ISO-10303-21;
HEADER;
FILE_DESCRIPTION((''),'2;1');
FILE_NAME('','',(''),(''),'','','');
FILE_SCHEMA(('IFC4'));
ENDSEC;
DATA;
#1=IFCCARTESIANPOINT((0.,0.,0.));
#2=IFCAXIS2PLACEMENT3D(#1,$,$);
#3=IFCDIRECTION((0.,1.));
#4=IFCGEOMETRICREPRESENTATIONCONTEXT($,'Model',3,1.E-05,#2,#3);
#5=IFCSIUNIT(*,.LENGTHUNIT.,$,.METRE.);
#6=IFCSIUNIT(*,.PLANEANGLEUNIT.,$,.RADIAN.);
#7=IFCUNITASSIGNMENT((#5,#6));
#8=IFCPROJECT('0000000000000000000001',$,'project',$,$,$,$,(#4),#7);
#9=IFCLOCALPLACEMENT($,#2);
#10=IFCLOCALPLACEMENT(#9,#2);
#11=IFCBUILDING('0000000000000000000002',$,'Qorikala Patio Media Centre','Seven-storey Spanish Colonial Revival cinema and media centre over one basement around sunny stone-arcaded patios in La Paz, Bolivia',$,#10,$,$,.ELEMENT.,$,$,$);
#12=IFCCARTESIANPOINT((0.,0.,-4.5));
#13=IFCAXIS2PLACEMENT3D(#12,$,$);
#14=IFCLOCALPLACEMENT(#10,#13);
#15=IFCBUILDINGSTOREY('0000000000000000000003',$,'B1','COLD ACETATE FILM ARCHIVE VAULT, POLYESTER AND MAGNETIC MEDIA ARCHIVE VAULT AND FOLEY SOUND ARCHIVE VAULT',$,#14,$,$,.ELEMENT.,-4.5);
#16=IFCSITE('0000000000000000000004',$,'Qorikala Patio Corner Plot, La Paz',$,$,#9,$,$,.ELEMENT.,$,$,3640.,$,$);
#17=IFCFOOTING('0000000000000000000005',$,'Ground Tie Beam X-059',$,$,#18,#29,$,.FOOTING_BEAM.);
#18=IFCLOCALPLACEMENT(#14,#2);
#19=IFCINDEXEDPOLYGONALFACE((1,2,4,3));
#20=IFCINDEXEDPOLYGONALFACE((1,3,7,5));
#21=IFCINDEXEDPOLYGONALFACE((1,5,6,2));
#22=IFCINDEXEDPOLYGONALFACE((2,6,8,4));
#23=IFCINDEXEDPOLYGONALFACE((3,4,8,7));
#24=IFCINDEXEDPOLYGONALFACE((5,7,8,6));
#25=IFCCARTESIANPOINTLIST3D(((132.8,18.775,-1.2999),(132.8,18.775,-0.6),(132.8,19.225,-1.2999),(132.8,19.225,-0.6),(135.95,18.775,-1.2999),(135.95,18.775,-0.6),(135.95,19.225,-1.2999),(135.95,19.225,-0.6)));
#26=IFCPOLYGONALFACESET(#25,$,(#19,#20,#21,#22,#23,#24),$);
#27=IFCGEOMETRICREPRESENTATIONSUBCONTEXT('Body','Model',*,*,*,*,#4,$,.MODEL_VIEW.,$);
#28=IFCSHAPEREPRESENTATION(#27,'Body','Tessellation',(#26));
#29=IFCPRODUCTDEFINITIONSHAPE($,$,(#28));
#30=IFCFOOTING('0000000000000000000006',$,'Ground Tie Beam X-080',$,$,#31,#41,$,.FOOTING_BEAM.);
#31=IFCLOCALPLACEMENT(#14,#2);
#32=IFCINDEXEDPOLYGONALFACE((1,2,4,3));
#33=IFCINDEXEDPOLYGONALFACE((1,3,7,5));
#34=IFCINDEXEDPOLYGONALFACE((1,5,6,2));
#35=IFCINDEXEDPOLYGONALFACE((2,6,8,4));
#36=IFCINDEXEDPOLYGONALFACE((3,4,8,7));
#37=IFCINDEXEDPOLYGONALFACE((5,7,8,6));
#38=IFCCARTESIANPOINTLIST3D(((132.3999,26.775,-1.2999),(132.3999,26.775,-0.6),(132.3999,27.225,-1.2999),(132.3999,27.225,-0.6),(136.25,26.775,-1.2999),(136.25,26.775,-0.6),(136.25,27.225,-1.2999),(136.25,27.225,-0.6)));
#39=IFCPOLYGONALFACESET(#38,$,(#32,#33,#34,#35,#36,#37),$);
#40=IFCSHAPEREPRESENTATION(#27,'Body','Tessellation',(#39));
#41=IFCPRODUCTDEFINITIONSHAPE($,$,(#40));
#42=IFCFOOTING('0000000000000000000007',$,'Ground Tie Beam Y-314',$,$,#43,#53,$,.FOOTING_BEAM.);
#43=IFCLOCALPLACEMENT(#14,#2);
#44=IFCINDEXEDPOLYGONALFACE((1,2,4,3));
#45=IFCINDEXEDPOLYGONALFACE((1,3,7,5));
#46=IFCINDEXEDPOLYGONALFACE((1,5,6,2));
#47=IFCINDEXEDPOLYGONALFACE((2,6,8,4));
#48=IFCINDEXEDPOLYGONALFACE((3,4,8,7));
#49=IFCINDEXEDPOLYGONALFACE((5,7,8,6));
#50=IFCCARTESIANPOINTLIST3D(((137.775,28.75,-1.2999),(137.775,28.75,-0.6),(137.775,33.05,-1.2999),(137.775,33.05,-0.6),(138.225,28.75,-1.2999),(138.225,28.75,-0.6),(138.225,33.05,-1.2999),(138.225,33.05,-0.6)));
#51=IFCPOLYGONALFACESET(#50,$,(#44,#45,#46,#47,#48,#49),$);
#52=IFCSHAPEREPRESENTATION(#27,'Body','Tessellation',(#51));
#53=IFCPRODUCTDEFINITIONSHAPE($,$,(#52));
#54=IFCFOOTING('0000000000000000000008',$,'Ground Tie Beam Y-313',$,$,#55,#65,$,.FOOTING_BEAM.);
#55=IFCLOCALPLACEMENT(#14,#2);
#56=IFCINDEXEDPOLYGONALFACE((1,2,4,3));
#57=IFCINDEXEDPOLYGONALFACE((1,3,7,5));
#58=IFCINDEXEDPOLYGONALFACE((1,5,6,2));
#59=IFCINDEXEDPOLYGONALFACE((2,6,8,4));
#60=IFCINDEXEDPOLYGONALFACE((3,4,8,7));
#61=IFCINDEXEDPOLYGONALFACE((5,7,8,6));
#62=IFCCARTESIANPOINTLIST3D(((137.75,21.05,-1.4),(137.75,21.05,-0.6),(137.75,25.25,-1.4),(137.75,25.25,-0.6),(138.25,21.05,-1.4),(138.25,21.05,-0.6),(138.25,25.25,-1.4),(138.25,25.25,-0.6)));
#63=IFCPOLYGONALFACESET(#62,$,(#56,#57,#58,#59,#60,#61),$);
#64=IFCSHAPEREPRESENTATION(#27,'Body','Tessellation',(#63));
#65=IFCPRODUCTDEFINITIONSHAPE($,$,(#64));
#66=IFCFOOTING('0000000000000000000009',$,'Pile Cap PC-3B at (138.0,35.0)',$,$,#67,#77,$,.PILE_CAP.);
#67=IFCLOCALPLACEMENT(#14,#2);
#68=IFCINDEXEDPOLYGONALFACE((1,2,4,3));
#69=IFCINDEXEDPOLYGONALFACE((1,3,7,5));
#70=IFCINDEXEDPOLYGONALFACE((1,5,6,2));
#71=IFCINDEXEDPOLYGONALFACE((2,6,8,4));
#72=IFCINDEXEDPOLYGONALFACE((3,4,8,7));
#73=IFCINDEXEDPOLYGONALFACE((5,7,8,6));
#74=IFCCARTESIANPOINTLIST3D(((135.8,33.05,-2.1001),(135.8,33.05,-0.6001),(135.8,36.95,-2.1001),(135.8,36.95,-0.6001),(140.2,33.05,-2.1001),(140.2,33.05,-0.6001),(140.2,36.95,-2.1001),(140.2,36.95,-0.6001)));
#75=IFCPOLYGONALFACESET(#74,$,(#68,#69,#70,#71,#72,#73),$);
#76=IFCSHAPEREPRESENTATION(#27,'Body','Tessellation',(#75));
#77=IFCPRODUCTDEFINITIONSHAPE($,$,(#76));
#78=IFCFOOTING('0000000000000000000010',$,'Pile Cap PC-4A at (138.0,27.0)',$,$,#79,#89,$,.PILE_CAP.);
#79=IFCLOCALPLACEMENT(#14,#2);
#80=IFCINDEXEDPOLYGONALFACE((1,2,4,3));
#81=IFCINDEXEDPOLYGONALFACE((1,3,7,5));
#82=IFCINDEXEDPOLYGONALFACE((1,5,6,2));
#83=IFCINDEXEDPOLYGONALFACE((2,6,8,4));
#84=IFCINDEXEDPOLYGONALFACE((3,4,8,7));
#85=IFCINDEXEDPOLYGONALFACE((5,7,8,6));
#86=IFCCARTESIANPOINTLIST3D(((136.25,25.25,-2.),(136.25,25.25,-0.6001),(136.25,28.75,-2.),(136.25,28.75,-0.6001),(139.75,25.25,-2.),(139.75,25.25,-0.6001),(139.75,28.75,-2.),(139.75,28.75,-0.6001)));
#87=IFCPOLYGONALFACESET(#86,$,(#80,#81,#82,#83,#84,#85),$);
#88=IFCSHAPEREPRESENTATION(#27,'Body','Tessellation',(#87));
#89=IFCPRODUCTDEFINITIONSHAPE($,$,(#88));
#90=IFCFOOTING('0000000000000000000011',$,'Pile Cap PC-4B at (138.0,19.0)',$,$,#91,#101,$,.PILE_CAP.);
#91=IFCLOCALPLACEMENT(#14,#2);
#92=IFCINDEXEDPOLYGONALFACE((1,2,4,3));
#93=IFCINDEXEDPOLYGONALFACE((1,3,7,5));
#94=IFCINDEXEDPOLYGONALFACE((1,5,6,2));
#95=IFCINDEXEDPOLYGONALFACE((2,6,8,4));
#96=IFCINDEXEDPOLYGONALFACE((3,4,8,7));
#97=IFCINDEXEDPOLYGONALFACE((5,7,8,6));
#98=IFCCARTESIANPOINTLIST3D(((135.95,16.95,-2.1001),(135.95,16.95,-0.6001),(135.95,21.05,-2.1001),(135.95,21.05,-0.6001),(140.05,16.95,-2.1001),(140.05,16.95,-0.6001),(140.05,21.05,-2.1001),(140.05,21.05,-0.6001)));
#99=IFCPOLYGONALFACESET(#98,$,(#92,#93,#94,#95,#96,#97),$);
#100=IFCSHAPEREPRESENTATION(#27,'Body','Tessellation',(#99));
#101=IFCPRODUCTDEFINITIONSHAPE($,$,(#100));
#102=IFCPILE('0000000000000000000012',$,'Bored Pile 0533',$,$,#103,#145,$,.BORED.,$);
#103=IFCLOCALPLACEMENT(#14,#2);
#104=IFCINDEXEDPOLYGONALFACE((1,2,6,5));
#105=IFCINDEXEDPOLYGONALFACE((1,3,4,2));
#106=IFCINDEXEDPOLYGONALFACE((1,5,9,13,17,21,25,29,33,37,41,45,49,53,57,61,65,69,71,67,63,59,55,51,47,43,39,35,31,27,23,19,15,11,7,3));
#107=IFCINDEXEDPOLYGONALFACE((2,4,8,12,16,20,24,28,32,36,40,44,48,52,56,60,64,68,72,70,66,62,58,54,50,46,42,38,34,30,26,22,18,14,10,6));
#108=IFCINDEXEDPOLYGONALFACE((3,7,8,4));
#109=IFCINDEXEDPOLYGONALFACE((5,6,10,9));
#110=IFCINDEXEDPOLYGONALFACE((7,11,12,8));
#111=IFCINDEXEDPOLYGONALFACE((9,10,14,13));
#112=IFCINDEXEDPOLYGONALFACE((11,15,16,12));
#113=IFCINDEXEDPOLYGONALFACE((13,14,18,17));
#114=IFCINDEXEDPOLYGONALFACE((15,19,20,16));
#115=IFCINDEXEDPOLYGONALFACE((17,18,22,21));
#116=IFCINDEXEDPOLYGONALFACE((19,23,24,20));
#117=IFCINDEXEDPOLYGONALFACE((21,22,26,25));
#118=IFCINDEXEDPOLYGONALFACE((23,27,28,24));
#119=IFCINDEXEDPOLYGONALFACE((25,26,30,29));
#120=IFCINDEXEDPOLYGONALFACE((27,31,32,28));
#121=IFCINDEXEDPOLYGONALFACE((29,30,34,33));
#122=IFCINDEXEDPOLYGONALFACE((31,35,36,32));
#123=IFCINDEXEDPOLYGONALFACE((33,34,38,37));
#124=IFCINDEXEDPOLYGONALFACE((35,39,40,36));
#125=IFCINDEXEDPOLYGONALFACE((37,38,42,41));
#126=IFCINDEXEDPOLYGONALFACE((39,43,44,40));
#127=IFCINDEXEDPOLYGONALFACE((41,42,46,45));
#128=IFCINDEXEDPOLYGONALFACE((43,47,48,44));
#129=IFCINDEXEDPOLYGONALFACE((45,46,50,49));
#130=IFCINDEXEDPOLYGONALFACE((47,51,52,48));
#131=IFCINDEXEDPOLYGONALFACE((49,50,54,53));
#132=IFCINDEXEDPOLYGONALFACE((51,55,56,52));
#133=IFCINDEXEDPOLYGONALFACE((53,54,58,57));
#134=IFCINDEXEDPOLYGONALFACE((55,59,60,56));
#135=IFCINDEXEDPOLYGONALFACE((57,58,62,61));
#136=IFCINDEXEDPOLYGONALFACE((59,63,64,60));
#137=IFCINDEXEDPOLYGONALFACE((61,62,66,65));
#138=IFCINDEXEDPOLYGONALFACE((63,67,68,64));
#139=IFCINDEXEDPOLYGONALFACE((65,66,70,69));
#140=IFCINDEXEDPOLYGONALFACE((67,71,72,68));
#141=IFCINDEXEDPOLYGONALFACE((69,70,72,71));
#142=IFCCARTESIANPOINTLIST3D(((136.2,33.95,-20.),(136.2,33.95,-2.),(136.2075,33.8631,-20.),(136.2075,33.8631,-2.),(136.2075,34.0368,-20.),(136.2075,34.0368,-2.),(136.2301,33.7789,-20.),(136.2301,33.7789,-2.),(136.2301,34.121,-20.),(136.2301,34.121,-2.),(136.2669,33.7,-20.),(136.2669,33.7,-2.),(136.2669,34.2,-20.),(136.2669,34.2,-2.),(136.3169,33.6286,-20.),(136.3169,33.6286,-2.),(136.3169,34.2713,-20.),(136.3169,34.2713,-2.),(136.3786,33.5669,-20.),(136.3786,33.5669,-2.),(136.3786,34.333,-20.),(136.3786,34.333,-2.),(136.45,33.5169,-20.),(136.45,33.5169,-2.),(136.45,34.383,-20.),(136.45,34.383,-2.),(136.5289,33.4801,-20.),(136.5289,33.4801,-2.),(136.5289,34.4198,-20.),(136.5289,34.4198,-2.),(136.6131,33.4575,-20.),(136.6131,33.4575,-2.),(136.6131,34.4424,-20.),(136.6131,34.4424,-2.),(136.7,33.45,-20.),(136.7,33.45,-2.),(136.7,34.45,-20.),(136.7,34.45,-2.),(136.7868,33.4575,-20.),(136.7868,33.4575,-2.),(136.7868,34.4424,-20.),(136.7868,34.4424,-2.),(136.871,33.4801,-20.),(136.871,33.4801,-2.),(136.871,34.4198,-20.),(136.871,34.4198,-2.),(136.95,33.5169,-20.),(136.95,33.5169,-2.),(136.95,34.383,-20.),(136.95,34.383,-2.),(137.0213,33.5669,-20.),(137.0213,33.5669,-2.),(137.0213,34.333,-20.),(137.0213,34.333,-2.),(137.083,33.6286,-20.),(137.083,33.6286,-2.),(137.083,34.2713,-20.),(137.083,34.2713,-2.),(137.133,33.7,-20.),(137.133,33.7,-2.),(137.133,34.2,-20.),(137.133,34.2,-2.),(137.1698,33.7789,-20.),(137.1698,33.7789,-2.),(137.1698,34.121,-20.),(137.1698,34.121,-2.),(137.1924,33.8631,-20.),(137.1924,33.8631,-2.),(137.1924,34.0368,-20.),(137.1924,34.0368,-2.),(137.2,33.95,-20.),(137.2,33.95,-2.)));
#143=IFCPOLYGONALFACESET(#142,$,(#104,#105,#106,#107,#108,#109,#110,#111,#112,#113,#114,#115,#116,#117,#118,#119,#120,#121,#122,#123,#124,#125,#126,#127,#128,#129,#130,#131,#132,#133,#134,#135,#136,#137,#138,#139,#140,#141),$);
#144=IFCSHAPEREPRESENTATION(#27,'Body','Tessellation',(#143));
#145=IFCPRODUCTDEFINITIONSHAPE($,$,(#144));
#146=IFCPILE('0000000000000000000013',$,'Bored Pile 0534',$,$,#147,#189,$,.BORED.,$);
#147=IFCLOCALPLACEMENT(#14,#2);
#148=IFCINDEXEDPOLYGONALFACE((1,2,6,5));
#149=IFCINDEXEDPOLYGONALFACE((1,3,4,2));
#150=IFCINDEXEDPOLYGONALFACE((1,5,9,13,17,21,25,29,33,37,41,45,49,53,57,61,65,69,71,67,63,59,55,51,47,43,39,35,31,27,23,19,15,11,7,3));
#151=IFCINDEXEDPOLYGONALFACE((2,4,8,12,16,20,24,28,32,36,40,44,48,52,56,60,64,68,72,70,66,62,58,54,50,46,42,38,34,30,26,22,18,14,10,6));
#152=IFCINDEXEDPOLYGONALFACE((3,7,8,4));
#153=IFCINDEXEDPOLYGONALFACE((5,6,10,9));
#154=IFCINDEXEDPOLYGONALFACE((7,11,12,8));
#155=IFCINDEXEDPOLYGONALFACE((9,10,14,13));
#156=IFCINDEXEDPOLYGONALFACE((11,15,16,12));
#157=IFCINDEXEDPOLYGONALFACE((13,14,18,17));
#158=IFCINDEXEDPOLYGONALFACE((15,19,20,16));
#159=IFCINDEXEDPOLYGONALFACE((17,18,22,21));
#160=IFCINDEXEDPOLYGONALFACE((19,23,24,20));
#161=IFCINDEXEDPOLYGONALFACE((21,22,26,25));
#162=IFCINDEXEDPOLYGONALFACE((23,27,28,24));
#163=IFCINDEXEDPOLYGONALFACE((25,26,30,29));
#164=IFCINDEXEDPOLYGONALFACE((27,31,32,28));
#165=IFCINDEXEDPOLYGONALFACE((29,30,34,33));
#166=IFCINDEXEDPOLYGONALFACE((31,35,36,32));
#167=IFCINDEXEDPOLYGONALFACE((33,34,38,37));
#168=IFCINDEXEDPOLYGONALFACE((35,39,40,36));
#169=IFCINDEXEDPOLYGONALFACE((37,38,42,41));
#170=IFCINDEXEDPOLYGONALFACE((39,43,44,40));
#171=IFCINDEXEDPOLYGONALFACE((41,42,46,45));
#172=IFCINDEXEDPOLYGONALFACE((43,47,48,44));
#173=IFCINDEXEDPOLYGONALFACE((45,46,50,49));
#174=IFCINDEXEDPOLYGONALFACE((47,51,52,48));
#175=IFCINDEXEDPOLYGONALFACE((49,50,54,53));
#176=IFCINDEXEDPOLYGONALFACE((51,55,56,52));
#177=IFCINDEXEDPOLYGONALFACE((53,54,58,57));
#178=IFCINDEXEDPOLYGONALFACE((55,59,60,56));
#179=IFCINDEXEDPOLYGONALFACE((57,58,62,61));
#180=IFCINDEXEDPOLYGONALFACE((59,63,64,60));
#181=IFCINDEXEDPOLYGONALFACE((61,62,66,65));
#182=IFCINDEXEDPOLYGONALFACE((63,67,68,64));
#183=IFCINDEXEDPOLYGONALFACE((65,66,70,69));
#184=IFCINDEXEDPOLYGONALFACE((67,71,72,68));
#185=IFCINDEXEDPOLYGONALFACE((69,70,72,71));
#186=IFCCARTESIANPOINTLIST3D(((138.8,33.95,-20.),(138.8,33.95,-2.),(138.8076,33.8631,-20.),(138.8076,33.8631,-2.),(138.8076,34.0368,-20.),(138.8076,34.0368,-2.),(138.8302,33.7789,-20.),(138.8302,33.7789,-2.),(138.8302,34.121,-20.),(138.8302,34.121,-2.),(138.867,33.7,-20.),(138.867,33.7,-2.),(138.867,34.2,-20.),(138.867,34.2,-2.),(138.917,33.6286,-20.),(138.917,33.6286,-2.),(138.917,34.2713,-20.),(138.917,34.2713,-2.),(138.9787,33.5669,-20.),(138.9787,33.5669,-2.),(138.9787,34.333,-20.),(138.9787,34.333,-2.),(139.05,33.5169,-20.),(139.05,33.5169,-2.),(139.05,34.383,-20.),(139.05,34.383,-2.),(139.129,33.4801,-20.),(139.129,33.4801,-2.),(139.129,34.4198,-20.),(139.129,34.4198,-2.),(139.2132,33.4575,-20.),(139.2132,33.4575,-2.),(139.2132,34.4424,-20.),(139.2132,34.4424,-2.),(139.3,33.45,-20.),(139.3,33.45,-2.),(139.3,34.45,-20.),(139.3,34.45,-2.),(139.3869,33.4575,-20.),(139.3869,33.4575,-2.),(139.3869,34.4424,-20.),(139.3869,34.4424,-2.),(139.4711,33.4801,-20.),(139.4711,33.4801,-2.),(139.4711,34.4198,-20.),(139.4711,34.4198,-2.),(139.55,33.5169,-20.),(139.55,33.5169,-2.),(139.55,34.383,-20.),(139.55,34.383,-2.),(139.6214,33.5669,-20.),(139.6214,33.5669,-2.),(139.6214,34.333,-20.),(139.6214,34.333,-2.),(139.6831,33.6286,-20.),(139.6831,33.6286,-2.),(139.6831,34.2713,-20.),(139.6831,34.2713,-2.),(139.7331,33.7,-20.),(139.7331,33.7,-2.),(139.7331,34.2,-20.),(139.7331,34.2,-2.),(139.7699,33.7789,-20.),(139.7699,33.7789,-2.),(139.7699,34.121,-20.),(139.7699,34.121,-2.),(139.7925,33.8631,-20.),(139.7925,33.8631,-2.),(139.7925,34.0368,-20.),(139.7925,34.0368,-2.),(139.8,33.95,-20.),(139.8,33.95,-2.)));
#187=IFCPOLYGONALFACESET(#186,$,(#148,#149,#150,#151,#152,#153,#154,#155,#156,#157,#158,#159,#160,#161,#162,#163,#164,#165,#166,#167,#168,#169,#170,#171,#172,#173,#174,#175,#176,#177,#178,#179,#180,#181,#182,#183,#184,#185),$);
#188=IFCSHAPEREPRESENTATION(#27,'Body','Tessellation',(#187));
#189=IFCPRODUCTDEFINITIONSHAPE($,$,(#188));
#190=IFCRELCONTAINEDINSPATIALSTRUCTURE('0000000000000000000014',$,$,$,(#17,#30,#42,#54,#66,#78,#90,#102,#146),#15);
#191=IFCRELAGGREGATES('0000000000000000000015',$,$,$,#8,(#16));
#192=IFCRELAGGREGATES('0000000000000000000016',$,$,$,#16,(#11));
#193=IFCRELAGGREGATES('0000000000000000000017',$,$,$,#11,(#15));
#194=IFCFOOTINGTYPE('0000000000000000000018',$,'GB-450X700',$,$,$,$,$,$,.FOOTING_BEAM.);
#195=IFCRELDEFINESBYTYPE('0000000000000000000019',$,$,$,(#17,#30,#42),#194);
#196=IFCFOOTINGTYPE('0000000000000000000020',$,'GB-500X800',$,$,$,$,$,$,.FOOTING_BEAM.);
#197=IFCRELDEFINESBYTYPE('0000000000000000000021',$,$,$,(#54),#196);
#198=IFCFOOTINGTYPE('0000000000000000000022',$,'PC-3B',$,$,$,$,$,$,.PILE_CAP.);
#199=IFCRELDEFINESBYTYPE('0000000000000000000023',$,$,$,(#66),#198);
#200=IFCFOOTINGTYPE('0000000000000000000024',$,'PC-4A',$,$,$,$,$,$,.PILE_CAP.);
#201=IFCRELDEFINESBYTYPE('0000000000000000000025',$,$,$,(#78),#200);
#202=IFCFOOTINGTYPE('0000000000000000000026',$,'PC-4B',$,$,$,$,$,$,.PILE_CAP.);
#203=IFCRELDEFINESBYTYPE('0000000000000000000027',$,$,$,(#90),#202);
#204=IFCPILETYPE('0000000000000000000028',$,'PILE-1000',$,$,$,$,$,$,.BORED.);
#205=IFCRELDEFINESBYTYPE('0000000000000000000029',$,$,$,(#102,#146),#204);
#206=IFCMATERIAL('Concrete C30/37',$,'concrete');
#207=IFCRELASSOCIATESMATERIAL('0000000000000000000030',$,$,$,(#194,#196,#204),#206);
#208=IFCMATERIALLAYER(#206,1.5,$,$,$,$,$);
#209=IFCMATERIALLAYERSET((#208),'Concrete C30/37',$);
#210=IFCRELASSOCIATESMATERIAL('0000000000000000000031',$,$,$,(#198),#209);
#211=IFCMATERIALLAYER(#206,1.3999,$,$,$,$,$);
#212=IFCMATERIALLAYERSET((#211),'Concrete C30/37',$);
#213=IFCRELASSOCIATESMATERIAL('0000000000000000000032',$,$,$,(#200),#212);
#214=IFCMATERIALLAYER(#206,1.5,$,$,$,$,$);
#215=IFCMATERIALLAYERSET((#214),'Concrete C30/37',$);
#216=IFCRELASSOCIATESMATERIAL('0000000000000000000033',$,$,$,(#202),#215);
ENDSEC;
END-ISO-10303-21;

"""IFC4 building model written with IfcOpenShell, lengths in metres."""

from ifc_helpers import new_model, si_unit, direction, frame, origin, origin_2d, place, context, subcontext, project, spatial, rectangle, circle, extrude, material, layer, layer_set, material_profile, profile_set, type_object, element, save


model = new_model("IFC4")

# Units and contexts
model_context = context("Model", 3, precision=1e-05, world=origin(), true_north=direction((0.0, 1.0)))
body_context = subcontext(model_context, "Body", "Model", "MODEL_VIEW")
ifc_project = project(units=[si_unit("LENGTHUNIT", "METRE"), si_unit("PLANEANGLEUNIT", "RADIAN")], contexts=[model_context])

# Site, building, storey
site_placement = place(None, origin())
site = spatial("IfcSite", under=ifc_project, at=site_placement, Name="Qorikala Patio Corner Plot, La Paz", CompositionType="ELEMENT", RefElevation=3640.0)
building_placement = place(site_placement, origin())
building = spatial("IfcBuilding", under=site, at=building_placement, Name="Qorikala Patio Media Centre", Description="Seven-storey Spanish Colonial Revival cinema and media centre over one basement around sunny stone-arcaded patios in La Paz, Bolivia", CompositionType="ELEMENT")
storey_placement = place(building_placement, frame((0.0, 0.0, -4.5)))
storey = spatial("IfcBuildingStorey", under=building, at=storey_placement, Name="B1", Description="COLD ACETATE FILM ARCHIVE VAULT, POLYESTER AND MAGNETIC MEDIA ARCHIVE VAULT AND FOLEY SOUND ARCHIVE VAULT", CompositionType="ELEMENT", Elevation=-4.5)

# Footings
ifc_material_1 = material(Name="Concrete C30/37", Category="concrete")
ifc_material_profile_1 = material_profile(ifc_material_1, rectangle(XDim=0.45, YDim=0.7, at=origin_2d()), Name="RC 450x700")
ifc_profile_set_1 = profile_set([ifc_material_profile_1], Name="Concrete C30/37")
footing_type_1 = type_object("IfcFootingType", Name="GB-450X700", PredefinedType="FOOTING_BEAM", material=ifc_profile_set_1)
footing_1_placement = place(storey_placement, frame((132.8, 19.0, -0.95), z_axis=(1.0, 0.0, 0.0), x_axis=(0.0, 1.0, 0.0)))
element("IfcFooting", 1, at=footing_1_placement, inside=storey, type_object=footing_type_1, Name="Ground Tie Beam X-059", PredefinedType="FOOTING_BEAM", context=body_context, shape_type="SweptSolid", body=[
    extrude(rectangle(XDim=0.45, YDim=0.7, at=origin_2d()), origin(), (0.0, 0.0, 1.0), 3.1499),
])
footing_2_placement = place(storey_placement, frame((132.3999, 27.0, -0.95), z_axis=(1.0, 0.0, 0.0), x_axis=(0.0, 1.0, 0.0)))
element("IfcFooting", 2, at=footing_2_placement, inside=storey, type_object=footing_type_1, Name="Ground Tie Beam X-080", PredefinedType="FOOTING_BEAM", context=body_context, shape_type="SweptSolid", body=[
    extrude(rectangle(XDim=0.45, YDim=0.7, at=origin_2d()), origin(), (0.0, 0.0, 1.0), 3.8501),
])
footing_3_placement = place(storey_placement, frame((138.0, 28.75, -0.95), z_axis=(0.0, 1.0, 0.0), x_axis=(-1.0, 0.0, 0.0)))
element("IfcFooting", 3, at=footing_3_placement, inside=storey, type_object=footing_type_1, Name="Ground Tie Beam Y-314", PredefinedType="FOOTING_BEAM", context=body_context, shape_type="SweptSolid", body=[
    extrude(rectangle(XDim=0.45, YDim=0.7, at=origin_2d()), origin(), (0.0, 0.0, 1.0), 4.3),
])
ifc_material_profile_2 = material_profile(ifc_material_1, rectangle(XDim=0.5, YDim=0.8, at=origin_2d()), Name="RC 500x800")
ifc_profile_set_2 = profile_set([ifc_material_profile_2], Name="Concrete C30/37")
footing_type_2 = type_object("IfcFootingType", Name="GB-500X800", PredefinedType="FOOTING_BEAM", material=ifc_profile_set_2)
footing_4_placement = place(storey_placement, frame((138.0, 21.05, -1.0), z_axis=(0.0, 1.0, 0.0), x_axis=(-1.0, 0.0, 0.0)))
element("IfcFooting", 4, at=footing_4_placement, inside=storey, type_object=footing_type_2, Name="Ground Tie Beam Y-313", PredefinedType="FOOTING_BEAM", context=body_context, shape_type="SweptSolid", body=[
    extrude(rectangle(XDim=0.5, YDim=0.8, at=origin_2d()), origin(), (0.0, 0.0, 1.0), 4.2),
])
ifc_layer_1 = layer(ifc_material_1, 1.5)
ifc_layer_set_1 = layer_set([ifc_layer_1], Name="Concrete C30/37")
footing_type_3 = type_object("IfcFootingType", Name="PC-3B", PredefinedType="PILE_CAP", material=ifc_layer_set_1)
footing_5_placement = place(storey_placement, frame((138.0, 35.0, -2.1001), z_axis=(0.0, 0.0, 1.0), x_axis=(1.0, 0.0, 0.0)))
element("IfcFooting", 5, at=footing_5_placement, inside=storey, type_object=footing_type_3, Name="Pile Cap PC-3B at (138.0,35.0)", PredefinedType="PILE_CAP", context=body_context, shape_type="SweptSolid", body=[
    extrude(rectangle(XDim=4.3999, YDim=3.8999, at=origin_2d()), origin(), (0.0, 0.0, 1.0), 1.5),
])
ifc_layer_2 = layer(ifc_material_1, 1.3999)
ifc_layer_set_2 = layer_set([ifc_layer_2], Name="Concrete C30/37")
footing_type_4 = type_object("IfcFootingType", Name="PC-4A", PredefinedType="PILE_CAP", material=ifc_layer_set_2)
footing_6_placement = place(storey_placement, frame((138.0, 27.0, -2.0), z_axis=(0.0, 0.0, 1.0), x_axis=(1.0, 0.0, 0.0)))
element("IfcFooting", 6, at=footing_6_placement, inside=storey, type_object=footing_type_4, Name="Pile Cap PC-4A at (138.0,27.0)", PredefinedType="PILE_CAP", context=body_context, shape_type="SweptSolid", body=[
    extrude(rectangle(XDim=3.5, YDim=3.5, at=origin_2d()), origin(), (0.0, 0.0, 1.0), 1.3999),
])
ifc_layer_3 = layer(ifc_material_1, 1.5)
ifc_layer_set_3 = layer_set([ifc_layer_3], Name="Concrete C30/37")
footing_type_5 = type_object("IfcFootingType", Name="PC-4B", PredefinedType="PILE_CAP", material=ifc_layer_set_3)
footing_7_placement = place(storey_placement, frame((138.0, 19.0, -2.1001), z_axis=(0.0, 0.0, 1.0), x_axis=(1.0, 0.0, 0.0)))
element("IfcFooting", 7, at=footing_7_placement, inside=storey, type_object=footing_type_5, Name="Pile Cap PC-4B at (138.0,19.0)", PredefinedType="PILE_CAP", context=body_context, shape_type="SweptSolid", body=[
    extrude(rectangle(XDim=4.1001, YDim=4.1001, at=origin_2d()), origin(), (0.0, 0.0, 1.0), 1.5),
])

# Piles
ifc_material_profile_3 = material_profile(ifc_material_1, circle(Radius=0.5, at=origin_2d()), Name="BORED PILE 1000")
ifc_profile_set_3 = profile_set([ifc_material_profile_3], Name="Concrete C30/37")
pile_type_1 = type_object("IfcPileType", Name="PILE-1000", PredefinedType="BORED", material=ifc_profile_set_3)
for number, where, z_axis, x_axis, name in (
    (8, (136.7, 33.95, -2.0), (0.0, 0.0, -1.0), (1.0, 0.0, 0.0), "Bored Pile 0533"),
    (9, (139.3, 33.95, -2.0), (0.0, 0.0, -1.0), (1.0, 0.0, 0.0), "Bored Pile 0534"),
):
    element("IfcPile", number, at=place(storey_placement, frame(where, z_axis=z_axis, x_axis=x_axis)), inside=storey, type_object=pile_type_1, Name=name, PredefinedType="BORED", context=body_context, shape_type="SweptSolid", body=[
        extrude(circle(Radius=0.5, at=origin_2d()), origin(), (0.0, 0.0, 1.0), 18.0),
    ])

save(model, "model.ifc")
